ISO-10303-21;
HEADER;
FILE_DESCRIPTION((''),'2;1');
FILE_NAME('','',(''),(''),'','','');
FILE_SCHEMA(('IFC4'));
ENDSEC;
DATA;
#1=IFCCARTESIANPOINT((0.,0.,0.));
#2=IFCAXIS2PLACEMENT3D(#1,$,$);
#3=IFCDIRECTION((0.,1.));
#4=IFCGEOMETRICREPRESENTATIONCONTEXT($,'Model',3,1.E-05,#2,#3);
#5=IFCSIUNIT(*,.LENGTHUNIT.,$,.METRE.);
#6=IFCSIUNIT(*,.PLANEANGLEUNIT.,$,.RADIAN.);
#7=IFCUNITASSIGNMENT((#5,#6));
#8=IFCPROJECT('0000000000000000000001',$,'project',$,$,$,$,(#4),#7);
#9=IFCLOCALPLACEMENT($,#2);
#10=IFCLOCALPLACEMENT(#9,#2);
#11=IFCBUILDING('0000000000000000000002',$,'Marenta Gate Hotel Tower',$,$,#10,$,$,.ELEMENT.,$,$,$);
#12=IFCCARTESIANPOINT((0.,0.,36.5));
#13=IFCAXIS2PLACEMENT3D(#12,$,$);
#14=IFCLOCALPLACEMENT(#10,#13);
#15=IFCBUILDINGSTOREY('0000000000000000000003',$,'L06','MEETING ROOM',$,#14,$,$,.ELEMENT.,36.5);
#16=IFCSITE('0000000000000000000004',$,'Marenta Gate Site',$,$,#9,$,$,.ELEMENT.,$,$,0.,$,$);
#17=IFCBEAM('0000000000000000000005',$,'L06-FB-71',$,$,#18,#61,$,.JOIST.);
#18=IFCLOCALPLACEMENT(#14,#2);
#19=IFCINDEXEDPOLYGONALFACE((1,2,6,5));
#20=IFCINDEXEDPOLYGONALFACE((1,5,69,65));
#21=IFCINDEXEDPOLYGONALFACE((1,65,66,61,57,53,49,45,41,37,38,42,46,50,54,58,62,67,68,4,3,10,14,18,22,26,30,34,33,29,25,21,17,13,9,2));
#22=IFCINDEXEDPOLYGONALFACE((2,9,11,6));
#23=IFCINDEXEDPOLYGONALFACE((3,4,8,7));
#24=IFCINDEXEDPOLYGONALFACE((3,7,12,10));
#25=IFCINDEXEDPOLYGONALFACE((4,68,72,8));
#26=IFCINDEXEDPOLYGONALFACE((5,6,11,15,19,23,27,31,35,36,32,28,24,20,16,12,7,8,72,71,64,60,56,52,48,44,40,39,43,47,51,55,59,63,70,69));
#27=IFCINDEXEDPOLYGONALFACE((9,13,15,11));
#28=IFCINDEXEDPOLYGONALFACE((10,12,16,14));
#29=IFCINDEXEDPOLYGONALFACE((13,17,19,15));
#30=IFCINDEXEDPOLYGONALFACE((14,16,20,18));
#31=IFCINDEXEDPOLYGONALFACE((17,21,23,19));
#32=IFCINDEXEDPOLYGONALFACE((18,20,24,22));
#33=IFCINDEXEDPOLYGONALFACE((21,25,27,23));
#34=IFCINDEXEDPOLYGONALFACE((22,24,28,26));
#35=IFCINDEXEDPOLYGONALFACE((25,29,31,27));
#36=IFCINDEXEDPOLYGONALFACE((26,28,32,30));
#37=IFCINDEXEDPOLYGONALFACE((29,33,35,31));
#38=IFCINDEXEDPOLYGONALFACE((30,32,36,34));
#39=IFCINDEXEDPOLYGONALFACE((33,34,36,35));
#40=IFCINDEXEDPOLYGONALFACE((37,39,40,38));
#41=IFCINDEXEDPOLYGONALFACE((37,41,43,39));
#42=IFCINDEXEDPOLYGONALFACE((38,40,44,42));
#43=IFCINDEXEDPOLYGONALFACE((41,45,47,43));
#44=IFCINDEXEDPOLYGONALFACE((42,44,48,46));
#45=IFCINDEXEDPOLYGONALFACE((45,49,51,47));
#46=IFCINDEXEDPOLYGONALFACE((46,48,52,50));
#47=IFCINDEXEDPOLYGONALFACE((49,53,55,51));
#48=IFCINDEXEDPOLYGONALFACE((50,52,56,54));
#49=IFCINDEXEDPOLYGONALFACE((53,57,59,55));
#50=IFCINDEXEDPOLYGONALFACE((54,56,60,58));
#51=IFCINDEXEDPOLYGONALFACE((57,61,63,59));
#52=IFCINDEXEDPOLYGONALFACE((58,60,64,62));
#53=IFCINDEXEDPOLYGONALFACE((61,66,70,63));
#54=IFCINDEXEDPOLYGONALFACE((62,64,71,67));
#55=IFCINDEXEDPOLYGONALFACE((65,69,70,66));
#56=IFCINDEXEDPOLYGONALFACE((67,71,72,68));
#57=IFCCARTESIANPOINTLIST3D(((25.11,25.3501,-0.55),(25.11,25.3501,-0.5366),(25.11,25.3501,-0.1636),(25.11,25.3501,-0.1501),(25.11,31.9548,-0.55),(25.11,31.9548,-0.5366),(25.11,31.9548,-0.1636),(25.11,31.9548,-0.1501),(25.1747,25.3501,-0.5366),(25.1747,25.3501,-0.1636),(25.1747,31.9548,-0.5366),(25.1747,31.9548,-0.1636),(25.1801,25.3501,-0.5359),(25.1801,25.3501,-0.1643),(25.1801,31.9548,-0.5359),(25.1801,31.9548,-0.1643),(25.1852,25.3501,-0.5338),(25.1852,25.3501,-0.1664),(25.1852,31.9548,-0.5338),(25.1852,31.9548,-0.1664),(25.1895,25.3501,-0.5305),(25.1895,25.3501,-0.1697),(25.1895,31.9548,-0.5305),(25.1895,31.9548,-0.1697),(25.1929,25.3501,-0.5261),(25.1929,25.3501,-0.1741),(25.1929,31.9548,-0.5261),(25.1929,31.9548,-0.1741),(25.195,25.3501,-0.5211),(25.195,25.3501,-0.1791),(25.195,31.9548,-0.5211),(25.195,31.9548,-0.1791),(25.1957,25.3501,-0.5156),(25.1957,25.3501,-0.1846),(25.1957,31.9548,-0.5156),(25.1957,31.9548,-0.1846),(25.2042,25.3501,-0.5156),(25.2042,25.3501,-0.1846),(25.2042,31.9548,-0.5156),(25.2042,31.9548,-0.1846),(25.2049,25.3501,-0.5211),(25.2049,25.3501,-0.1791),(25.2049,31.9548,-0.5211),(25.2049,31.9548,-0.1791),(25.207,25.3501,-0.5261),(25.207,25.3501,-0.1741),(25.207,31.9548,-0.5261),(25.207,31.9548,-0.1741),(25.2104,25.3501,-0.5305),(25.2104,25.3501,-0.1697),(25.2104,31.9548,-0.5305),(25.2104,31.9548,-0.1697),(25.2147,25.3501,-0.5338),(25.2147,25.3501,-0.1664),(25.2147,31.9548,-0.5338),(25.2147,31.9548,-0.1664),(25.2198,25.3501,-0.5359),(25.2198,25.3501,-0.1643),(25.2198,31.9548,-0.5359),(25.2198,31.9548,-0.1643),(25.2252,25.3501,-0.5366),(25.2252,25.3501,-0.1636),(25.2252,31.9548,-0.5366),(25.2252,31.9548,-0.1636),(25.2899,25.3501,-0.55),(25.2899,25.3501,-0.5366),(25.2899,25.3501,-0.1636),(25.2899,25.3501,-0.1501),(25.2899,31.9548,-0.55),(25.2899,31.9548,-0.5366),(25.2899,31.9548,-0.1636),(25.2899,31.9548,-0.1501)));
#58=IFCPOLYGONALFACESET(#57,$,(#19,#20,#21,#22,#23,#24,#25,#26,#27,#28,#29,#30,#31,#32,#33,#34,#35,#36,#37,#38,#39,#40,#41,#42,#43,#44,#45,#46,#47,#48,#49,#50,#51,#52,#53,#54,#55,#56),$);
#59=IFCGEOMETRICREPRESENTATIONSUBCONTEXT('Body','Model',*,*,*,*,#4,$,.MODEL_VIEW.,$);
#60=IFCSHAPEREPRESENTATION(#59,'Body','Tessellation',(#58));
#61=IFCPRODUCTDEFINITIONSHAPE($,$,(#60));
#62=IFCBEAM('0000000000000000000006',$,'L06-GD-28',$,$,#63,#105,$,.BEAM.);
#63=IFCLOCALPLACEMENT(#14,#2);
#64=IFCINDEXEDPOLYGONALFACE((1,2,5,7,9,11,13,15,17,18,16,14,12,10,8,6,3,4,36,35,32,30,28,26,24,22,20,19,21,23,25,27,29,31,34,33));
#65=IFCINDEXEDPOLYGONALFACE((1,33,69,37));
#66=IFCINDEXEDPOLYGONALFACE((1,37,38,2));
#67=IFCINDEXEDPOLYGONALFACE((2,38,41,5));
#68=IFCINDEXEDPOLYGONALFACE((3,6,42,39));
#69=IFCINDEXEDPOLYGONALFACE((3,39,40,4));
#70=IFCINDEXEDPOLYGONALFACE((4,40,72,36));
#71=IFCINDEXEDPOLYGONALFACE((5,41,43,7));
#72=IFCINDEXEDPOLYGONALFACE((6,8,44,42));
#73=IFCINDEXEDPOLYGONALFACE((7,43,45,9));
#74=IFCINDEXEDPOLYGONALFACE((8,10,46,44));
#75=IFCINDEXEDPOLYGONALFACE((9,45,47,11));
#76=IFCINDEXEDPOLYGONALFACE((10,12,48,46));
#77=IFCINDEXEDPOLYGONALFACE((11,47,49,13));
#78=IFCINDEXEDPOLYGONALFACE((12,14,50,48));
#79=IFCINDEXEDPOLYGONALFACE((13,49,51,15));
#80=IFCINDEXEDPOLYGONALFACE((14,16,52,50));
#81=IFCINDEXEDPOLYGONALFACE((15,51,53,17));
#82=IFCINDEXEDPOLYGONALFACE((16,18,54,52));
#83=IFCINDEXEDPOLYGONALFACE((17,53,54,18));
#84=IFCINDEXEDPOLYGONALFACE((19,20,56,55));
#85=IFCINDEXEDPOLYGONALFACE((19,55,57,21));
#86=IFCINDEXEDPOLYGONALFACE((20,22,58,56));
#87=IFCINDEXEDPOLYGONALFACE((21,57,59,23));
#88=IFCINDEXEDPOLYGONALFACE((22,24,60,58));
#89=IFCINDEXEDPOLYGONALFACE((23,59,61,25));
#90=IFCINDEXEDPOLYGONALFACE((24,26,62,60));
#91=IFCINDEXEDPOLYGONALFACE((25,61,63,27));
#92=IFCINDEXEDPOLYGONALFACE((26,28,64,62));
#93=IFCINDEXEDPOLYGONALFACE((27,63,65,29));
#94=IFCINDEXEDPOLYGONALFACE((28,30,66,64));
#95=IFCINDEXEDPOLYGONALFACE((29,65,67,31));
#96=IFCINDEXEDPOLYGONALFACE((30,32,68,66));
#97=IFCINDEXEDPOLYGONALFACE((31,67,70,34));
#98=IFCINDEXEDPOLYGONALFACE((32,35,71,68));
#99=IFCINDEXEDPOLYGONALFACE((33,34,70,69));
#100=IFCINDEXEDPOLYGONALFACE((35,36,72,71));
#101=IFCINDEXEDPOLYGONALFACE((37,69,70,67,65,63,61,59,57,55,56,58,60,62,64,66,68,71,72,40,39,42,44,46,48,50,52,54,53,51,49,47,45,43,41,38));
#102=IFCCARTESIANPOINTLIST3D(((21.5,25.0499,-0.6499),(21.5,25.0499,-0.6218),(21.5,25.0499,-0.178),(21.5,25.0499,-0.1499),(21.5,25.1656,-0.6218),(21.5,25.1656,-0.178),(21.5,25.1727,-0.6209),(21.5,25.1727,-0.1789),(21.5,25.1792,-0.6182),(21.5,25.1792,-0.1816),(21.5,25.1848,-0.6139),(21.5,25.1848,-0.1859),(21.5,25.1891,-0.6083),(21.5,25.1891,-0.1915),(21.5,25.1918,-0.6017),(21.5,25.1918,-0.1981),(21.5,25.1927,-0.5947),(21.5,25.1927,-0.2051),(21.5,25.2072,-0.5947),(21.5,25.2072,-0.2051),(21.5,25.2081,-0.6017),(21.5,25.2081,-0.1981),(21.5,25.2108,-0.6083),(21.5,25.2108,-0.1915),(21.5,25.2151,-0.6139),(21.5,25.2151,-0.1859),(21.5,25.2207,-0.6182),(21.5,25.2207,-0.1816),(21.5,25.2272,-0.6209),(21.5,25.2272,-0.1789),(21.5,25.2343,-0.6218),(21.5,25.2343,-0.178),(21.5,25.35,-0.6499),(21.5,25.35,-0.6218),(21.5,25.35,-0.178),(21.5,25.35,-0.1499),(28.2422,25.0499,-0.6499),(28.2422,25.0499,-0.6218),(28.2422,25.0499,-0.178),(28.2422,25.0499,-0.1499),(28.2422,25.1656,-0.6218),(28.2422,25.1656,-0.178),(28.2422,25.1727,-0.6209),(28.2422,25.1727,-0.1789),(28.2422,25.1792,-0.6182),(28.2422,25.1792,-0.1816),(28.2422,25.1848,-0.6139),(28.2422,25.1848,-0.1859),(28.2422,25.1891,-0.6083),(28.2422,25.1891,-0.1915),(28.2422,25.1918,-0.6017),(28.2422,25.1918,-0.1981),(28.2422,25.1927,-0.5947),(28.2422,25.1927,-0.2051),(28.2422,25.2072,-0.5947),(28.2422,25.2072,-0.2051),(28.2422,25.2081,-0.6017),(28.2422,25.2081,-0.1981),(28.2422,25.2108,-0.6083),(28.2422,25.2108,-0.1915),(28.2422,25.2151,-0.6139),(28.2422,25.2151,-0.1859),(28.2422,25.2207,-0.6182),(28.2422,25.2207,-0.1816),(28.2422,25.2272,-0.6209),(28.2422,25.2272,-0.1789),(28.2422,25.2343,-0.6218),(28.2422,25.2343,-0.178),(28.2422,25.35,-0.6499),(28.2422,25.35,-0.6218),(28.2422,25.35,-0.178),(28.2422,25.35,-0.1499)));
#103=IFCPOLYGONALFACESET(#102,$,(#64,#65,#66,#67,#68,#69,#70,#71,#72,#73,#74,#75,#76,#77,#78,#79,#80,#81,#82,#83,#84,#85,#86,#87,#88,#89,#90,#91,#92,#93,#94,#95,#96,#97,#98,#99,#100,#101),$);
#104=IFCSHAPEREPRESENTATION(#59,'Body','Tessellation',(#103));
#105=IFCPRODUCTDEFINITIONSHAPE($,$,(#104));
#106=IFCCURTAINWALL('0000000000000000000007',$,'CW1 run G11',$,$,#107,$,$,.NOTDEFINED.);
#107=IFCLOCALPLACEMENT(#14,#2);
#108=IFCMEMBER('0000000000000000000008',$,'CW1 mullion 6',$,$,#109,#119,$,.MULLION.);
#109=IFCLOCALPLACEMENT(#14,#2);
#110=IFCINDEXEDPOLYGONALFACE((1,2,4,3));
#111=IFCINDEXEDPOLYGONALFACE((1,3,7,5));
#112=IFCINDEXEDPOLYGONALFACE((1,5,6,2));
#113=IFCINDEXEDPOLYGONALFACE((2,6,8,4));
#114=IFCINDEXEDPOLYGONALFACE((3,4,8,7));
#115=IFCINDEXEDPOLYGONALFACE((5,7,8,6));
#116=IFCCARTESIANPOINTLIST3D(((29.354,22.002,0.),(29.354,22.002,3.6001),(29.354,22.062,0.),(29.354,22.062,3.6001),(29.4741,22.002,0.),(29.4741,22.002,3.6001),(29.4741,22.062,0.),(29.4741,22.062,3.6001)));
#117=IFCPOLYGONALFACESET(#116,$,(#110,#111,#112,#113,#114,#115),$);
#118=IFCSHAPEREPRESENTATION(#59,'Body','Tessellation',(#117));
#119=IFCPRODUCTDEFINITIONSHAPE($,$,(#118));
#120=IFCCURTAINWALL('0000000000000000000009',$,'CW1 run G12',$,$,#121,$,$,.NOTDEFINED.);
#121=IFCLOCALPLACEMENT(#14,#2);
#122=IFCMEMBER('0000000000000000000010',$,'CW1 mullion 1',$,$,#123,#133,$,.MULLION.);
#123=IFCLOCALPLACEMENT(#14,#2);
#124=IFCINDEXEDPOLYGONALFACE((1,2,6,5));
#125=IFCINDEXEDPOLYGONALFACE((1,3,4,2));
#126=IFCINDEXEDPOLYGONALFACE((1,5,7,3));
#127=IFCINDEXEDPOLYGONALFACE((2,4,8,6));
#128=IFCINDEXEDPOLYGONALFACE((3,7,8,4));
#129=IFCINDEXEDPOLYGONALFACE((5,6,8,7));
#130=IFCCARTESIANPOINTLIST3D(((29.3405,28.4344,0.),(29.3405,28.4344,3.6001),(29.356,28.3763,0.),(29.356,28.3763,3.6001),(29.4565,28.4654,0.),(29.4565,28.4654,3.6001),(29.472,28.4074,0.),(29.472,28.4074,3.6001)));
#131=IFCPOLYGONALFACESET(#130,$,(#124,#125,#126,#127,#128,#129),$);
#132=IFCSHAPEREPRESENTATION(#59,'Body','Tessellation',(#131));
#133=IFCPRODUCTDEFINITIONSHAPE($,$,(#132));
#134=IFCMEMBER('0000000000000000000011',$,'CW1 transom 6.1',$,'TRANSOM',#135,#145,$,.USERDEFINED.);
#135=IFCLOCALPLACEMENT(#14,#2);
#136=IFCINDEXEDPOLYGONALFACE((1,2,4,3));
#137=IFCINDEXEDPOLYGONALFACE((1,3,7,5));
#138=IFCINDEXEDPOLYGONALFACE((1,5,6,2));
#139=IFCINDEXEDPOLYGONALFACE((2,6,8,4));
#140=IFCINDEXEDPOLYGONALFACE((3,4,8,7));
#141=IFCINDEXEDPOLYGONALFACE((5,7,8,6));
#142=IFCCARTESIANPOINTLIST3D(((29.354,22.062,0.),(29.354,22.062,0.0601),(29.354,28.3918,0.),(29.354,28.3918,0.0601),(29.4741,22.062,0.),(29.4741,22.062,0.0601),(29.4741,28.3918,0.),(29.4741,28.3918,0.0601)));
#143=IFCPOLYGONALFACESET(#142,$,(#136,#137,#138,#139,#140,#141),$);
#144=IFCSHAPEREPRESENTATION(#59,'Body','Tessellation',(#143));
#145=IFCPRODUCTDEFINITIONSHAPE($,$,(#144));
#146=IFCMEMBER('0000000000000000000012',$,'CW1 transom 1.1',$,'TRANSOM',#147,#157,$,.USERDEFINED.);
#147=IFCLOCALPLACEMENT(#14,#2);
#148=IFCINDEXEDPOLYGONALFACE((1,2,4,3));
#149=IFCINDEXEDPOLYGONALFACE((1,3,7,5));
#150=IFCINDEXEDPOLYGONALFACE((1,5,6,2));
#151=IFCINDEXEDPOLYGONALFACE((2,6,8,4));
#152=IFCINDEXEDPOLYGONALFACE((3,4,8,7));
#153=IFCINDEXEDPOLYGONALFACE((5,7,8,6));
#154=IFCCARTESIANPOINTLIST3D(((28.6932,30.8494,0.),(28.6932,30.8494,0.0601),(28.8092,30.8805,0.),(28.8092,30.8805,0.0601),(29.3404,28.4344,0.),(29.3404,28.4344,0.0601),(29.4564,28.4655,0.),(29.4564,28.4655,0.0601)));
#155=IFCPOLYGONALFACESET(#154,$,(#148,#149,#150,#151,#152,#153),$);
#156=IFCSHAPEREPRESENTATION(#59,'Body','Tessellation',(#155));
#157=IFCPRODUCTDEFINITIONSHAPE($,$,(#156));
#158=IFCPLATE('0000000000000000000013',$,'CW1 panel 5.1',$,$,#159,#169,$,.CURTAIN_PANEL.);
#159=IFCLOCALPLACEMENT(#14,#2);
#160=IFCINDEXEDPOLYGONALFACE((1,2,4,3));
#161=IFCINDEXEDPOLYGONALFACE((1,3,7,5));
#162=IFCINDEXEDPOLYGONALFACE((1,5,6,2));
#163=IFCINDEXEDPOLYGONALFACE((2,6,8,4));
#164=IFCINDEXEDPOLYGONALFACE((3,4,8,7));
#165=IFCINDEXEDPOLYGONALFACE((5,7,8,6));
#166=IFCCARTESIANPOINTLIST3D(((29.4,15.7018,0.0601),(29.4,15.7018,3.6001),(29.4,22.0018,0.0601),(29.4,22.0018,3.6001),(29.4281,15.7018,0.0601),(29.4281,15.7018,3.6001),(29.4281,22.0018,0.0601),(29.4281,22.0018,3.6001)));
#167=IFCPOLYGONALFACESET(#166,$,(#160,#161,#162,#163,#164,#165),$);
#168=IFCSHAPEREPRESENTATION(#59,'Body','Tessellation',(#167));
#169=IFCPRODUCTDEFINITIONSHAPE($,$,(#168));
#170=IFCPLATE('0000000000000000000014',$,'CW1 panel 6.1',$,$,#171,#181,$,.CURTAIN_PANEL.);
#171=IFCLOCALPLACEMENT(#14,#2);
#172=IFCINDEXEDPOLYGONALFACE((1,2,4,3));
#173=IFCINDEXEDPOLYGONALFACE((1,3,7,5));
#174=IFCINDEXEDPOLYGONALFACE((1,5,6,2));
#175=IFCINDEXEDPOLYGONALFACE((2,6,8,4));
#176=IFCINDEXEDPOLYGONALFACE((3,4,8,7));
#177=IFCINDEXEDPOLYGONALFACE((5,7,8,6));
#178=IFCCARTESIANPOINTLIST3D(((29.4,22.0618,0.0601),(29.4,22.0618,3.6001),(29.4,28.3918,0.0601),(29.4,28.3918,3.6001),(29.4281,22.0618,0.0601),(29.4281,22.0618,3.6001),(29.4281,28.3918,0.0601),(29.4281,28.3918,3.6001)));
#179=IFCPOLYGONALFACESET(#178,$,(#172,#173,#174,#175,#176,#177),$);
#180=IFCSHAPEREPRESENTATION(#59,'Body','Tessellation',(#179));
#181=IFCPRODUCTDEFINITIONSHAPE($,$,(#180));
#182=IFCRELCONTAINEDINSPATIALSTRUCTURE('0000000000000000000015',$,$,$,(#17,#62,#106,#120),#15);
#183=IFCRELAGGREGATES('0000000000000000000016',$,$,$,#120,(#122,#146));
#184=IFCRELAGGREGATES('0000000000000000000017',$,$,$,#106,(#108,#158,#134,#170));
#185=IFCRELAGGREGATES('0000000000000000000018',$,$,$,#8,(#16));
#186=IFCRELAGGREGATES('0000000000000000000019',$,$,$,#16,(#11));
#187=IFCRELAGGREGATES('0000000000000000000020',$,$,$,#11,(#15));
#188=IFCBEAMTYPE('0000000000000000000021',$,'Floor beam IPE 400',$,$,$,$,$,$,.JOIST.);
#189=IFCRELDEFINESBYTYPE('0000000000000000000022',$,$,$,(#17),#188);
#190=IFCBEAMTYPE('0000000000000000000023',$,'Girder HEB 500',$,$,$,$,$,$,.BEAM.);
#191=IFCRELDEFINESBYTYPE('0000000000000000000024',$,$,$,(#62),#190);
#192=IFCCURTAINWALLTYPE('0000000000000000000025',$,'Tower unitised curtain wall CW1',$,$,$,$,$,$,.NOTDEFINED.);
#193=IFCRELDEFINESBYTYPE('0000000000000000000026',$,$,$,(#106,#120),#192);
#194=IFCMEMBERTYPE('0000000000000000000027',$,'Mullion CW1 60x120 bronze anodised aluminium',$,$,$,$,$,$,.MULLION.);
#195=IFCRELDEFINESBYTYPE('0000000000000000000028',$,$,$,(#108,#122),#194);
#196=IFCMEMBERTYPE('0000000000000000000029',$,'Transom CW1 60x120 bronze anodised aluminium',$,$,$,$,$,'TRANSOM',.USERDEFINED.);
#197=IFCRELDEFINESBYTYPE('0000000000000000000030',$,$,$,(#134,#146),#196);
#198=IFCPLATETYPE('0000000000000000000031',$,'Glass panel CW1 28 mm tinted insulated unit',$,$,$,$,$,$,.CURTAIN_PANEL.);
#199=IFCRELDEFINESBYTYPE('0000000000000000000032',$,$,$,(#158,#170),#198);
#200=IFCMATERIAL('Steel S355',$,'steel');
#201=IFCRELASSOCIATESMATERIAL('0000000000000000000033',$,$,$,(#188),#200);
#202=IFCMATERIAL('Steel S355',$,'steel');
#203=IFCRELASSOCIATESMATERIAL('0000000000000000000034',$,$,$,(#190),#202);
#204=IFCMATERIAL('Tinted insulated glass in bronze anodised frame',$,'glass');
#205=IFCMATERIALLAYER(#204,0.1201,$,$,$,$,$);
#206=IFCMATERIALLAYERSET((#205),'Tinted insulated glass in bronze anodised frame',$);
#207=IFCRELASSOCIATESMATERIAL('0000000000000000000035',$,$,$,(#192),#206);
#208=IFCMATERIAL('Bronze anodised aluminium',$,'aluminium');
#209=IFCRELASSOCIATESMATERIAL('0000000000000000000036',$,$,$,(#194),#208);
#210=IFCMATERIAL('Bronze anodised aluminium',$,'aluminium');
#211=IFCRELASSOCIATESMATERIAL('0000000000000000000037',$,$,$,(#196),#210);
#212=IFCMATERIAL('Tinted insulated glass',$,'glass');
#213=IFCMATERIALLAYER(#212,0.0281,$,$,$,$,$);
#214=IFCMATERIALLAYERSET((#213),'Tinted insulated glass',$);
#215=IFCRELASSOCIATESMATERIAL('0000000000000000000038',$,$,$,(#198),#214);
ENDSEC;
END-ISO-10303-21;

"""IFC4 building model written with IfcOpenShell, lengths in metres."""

from ifc_helpers import new_model, si_unit, direction, frame, origin, origin_2d, place, context, subcontext, project, spatial, rectangle, i_section, extrude, material, layer, layer_set, material_profile, profile_set, type_object, element, aggregate, save


model = new_model("IFC4")

# Units and contexts
model_context = context("Model", 3, precision=1e-05, world=origin(), true_north=direction((0.0, 1.0)))
body_context = subcontext(model_context, "Body", "Model", "MODEL_VIEW")
ifc_project = project(units=[si_unit("LENGTHUNIT", "METRE"), si_unit("PLANEANGLEUNIT", "RADIAN")], contexts=[model_context])

# Site, building, storey
site_placement = place(None, origin())
site = spatial("IfcSite", under=ifc_project, at=site_placement, Name="Marenta Gate Site", CompositionType="ELEMENT", RefElevation=0.0)
building_placement = place(site_placement, origin())
building = spatial("IfcBuilding", under=site, at=building_placement, Name="Marenta Gate Hotel Tower", CompositionType="ELEMENT")
storey_placement = place(building_placement, frame((0.0, 0.0, 36.5)))
storey = spatial("IfcBuildingStorey", under=building, at=storey_placement, Name="L06", Description="MEETING ROOM", CompositionType="ELEMENT", Elevation=36.5)

# Beams
ifc_material_1 = material(Name="Steel S355", Category="steel")
ifc_material_profile_1 = material_profile(ifc_material_1, i_section(OverallWidth=0.1799, OverallDepth=0.3999, WebThickness=0.0085, FlangeThickness=0.0134, FilletRadius=0.021, at=origin_2d()), Name="IPE 400")
ifc_profile_set_1 = profile_set([ifc_material_profile_1], Name="Steel S355")
beam_type_1 = type_object("IfcBeamType", Name="Floor beam IPE 400", PredefinedType="JOIST", material=ifc_profile_set_1)
beam_1_placement = place(storey_placement, frame((25.2, 25.3501, -0.3501), z_axis=(0.0, 1.0, 0.0), x_axis=(-1.0, 0.0, 0.0)))
element("IfcBeam", 1, at=beam_1_placement, inside=storey, type_object=beam_type_1, Name="L06-FB-71", PredefinedType="JOIST", context=body_context, shape_type="SweptSolid", body=[
    extrude(i_section(OverallWidth=0.1799, OverallDepth=0.3999, WebThickness=0.0085, FlangeThickness=0.0134, FilletRadius=0.021, at=origin_2d()), origin(), (0.0, 0.0, 1.0), 6.6047),
])
ifc_material_2 = material(Name="Steel S355", Category="steel")
ifc_material_profile_2 = material_profile(ifc_material_2, i_section(OverallWidth=0.3, OverallDepth=0.5, WebThickness=0.0144, FlangeThickness=0.0281, FilletRadius=0.0271, at=origin_2d()), Name="HEB 500")
ifc_profile_set_2 = profile_set([ifc_material_profile_2], Name="Steel S355")
beam_type_2 = type_object("IfcBeamType", Name="Girder HEB 500", PredefinedType="BEAM", material=ifc_profile_set_2)
beam_2_placement = place(storey_placement, frame((21.5, 25.2, -0.3999), z_axis=(1.0, 0.0, 0.0), x_axis=(0.0, 1.0, 0.0)))
element("IfcBeam", 2, at=beam_2_placement, inside=storey, type_object=beam_type_2, Name="L06-GD-28", PredefinedType="BEAM", context=body_context, shape_type="SweptSolid", body=[
    extrude(i_section(OverallWidth=0.3, OverallDepth=0.5, WebThickness=0.0144, FlangeThickness=0.0281, FilletRadius=0.0271, at=origin_2d()), origin(), (0.0, 0.0, 1.0), 6.7422),
])

# Curtain walls, members
ifc_material_3 = material(Name="Tinted insulated glass in bronze anodised frame", Category="glass")
ifc_layer_1 = layer(ifc_material_3, 0.1201)
ifc_layer_set_1 = layer_set([ifc_layer_1], Name="Tinted insulated glass in bronze anodised frame")
curtain_wall_type = type_object("IfcCurtainWallType", Name="Tower unitised curtain wall CW1", PredefinedType="NOTDEFINED", material=ifc_layer_set_1)
curtain_wall_1_placement = place(storey_placement, origin())
curtain_wall_1 = element("IfcCurtainWall", 3, at=curtain_wall_1_placement, inside=storey, type_object=curtain_wall_type, Name="CW1 run G11", PredefinedType="NOTDEFINED")
ifc_material_4 = material(Name="Bronze anodised aluminium", Category="aluminium")
ifc_material_profile_3 = material_profile(ifc_material_4, rectangle(XDim=0.1201, YDim=0.0601, at=origin_2d()), Name="Mullion CW1 60x120 bronze anodised aluminium")
ifc_profile_set_3 = profile_set([ifc_material_profile_3], Name="Bronze anodised aluminium")
member_type_1 = type_object("IfcMemberType", Name="Mullion CW1 60x120 bronze anodised aluminium", PredefinedType="MULLION", material=ifc_profile_set_3)
member_1_placement = place(storey_placement, frame((29.4141, 22.032, 0.0), z_axis=(0.0, 0.0, 1.0), x_axis=(-1.0, 0.0, 0.0)))
member_1 = element("IfcMember", 4, at=member_1_placement, type_object=member_type_1, Name="CW1 mullion 6", PredefinedType="MULLION", context=body_context, shape_type="SweptSolid", body=[
    extrude(rectangle(XDim=0.1201, YDim=0.0601, at=origin_2d()), origin(), (0.0, 0.0, 1.0), 3.6001),
])
curtain_wall_2_placement = place(storey_placement, origin())
curtain_wall_2 = element("IfcCurtainWall", 5, at=curtain_wall_2_placement, inside=storey, type_object=curtain_wall_type, Name="CW1 run G12", PredefinedType="NOTDEFINED")
member_2_placement = place(storey_placement, frame((29.4062, 28.4209, 0.0), z_axis=(0.0, 0.0, 1.0), x_axis=(-0.965925, -0.258822, 0.0)))
member_2 = element("IfcMember", 6, at=member_2_placement, type_object=member_type_1, Name="CW1 mullion 1", PredefinedType="MULLION", context=body_context, shape_type="SweptSolid", body=[
    extrude(rectangle(XDim=0.1201, YDim=0.0601, at=origin_2d()), origin(), (0.0, 0.0, 1.0), 3.6001),
])

# Members
ifc_material_5 = material(Name="Bronze anodised aluminium", Category="aluminium")
ifc_material_profile_4 = material_profile(ifc_material_5, rectangle(XDim=0.1201, YDim=0.0601, at=origin_2d()), Name="Transom CW1 60x120 bronze anodised aluminium")
ifc_profile_set_4 = profile_set([ifc_material_profile_4], Name="Bronze anodised aluminium")
member_type_2 = type_object("IfcMemberType", Name="Transom CW1 60x120 bronze anodised aluminium", ElementType="TRANSOM", PredefinedType="USERDEFINED", material=ifc_profile_set_4)
member_3_placement = place(storey_placement, frame((29.4141, 22.062, 0.03), z_axis=(0.0, 1.0, 0.0), x_axis=(-1.0, 0.0, 0.0)))
member_3 = element("IfcMember", 7, at=member_3_placement, type_object=member_type_2, Name="CW1 transom 6.1", ObjectType="TRANSOM", PredefinedType="USERDEFINED", context=body_context, shape_type="SweptSolid", body=[
    extrude(rectangle(XDim=0.1201, YDim=0.0601, at=origin_2d()), origin(), (0.0, 0.0, 1.0), 6.3298),
])
member_4_placement = place(storey_placement, frame((29.3984, 28.45, 0.03), z_axis=(-0.25886, 0.965915, 0.0), x_axis=(-0.965915, -0.25886, 0.0)))
member_4 = element("IfcMember", 8, at=member_4_placement, type_object=member_type_2, Name="CW1 transom 1.1", ObjectType="TRANSOM", PredefinedType="USERDEFINED", context=body_context, shape_type="SweptSolid", body=[
    extrude(rectangle(XDim=0.1201, YDim=0.0601, at=origin_2d()), origin(), (0.0, 0.0, 1.0), 2.5002),
])
aggregate(curtain_wall_2, [member_2, member_4])

# Plates
ifc_material_6 = material(Name="Tinted insulated glass", Category="glass")
ifc_layer_2 = layer(ifc_material_6, 0.0281)
ifc_layer_set_2 = layer_set([ifc_layer_2], Name="Tinted insulated glass")
plate_type = type_object("IfcPlateType", Name="Glass panel CW1 28 mm tinted insulated unit", PredefinedType="CURTAIN_PANEL", material=ifc_layer_set_2)
plate_1_placement = place(storey_placement, frame((29.4141, 18.8518, 0.0601), z_axis=(0.0, 0.0, 1.0), x_axis=(0.0, 1.0, 0.0)))
plate_1 = element("IfcPlate", 9, at=plate_1_placement, type_object=plate_type, Name="CW1 panel 5.1", PredefinedType="CURTAIN_PANEL", context=body_context, shape_type="SweptSolid", body=[
    extrude(rectangle(XDim=6.3, YDim=0.0281, at=origin_2d()), origin(), (0.0, 0.0, 1.0), 3.54),
])
plate_2_placement = place(storey_placement, frame((29.4141, 25.2268, 0.0601), z_axis=(0.0, 0.0, 1.0), x_axis=(0.0, 1.0, 0.0)))
plate_2 = element("IfcPlate", 10, at=plate_2_placement, type_object=plate_type, Name="CW1 panel 6.1", PredefinedType="CURTAIN_PANEL", context=body_context, shape_type="SweptSolid", body=[
    extrude(rectangle(XDim=6.3301, YDim=0.0281, at=origin_2d()), origin(), (0.0, 0.0, 1.0), 3.54),
])
aggregate(curtain_wall_1, [member_1, plate_1, member_3, plate_2])

save(model, "model.ifc")
